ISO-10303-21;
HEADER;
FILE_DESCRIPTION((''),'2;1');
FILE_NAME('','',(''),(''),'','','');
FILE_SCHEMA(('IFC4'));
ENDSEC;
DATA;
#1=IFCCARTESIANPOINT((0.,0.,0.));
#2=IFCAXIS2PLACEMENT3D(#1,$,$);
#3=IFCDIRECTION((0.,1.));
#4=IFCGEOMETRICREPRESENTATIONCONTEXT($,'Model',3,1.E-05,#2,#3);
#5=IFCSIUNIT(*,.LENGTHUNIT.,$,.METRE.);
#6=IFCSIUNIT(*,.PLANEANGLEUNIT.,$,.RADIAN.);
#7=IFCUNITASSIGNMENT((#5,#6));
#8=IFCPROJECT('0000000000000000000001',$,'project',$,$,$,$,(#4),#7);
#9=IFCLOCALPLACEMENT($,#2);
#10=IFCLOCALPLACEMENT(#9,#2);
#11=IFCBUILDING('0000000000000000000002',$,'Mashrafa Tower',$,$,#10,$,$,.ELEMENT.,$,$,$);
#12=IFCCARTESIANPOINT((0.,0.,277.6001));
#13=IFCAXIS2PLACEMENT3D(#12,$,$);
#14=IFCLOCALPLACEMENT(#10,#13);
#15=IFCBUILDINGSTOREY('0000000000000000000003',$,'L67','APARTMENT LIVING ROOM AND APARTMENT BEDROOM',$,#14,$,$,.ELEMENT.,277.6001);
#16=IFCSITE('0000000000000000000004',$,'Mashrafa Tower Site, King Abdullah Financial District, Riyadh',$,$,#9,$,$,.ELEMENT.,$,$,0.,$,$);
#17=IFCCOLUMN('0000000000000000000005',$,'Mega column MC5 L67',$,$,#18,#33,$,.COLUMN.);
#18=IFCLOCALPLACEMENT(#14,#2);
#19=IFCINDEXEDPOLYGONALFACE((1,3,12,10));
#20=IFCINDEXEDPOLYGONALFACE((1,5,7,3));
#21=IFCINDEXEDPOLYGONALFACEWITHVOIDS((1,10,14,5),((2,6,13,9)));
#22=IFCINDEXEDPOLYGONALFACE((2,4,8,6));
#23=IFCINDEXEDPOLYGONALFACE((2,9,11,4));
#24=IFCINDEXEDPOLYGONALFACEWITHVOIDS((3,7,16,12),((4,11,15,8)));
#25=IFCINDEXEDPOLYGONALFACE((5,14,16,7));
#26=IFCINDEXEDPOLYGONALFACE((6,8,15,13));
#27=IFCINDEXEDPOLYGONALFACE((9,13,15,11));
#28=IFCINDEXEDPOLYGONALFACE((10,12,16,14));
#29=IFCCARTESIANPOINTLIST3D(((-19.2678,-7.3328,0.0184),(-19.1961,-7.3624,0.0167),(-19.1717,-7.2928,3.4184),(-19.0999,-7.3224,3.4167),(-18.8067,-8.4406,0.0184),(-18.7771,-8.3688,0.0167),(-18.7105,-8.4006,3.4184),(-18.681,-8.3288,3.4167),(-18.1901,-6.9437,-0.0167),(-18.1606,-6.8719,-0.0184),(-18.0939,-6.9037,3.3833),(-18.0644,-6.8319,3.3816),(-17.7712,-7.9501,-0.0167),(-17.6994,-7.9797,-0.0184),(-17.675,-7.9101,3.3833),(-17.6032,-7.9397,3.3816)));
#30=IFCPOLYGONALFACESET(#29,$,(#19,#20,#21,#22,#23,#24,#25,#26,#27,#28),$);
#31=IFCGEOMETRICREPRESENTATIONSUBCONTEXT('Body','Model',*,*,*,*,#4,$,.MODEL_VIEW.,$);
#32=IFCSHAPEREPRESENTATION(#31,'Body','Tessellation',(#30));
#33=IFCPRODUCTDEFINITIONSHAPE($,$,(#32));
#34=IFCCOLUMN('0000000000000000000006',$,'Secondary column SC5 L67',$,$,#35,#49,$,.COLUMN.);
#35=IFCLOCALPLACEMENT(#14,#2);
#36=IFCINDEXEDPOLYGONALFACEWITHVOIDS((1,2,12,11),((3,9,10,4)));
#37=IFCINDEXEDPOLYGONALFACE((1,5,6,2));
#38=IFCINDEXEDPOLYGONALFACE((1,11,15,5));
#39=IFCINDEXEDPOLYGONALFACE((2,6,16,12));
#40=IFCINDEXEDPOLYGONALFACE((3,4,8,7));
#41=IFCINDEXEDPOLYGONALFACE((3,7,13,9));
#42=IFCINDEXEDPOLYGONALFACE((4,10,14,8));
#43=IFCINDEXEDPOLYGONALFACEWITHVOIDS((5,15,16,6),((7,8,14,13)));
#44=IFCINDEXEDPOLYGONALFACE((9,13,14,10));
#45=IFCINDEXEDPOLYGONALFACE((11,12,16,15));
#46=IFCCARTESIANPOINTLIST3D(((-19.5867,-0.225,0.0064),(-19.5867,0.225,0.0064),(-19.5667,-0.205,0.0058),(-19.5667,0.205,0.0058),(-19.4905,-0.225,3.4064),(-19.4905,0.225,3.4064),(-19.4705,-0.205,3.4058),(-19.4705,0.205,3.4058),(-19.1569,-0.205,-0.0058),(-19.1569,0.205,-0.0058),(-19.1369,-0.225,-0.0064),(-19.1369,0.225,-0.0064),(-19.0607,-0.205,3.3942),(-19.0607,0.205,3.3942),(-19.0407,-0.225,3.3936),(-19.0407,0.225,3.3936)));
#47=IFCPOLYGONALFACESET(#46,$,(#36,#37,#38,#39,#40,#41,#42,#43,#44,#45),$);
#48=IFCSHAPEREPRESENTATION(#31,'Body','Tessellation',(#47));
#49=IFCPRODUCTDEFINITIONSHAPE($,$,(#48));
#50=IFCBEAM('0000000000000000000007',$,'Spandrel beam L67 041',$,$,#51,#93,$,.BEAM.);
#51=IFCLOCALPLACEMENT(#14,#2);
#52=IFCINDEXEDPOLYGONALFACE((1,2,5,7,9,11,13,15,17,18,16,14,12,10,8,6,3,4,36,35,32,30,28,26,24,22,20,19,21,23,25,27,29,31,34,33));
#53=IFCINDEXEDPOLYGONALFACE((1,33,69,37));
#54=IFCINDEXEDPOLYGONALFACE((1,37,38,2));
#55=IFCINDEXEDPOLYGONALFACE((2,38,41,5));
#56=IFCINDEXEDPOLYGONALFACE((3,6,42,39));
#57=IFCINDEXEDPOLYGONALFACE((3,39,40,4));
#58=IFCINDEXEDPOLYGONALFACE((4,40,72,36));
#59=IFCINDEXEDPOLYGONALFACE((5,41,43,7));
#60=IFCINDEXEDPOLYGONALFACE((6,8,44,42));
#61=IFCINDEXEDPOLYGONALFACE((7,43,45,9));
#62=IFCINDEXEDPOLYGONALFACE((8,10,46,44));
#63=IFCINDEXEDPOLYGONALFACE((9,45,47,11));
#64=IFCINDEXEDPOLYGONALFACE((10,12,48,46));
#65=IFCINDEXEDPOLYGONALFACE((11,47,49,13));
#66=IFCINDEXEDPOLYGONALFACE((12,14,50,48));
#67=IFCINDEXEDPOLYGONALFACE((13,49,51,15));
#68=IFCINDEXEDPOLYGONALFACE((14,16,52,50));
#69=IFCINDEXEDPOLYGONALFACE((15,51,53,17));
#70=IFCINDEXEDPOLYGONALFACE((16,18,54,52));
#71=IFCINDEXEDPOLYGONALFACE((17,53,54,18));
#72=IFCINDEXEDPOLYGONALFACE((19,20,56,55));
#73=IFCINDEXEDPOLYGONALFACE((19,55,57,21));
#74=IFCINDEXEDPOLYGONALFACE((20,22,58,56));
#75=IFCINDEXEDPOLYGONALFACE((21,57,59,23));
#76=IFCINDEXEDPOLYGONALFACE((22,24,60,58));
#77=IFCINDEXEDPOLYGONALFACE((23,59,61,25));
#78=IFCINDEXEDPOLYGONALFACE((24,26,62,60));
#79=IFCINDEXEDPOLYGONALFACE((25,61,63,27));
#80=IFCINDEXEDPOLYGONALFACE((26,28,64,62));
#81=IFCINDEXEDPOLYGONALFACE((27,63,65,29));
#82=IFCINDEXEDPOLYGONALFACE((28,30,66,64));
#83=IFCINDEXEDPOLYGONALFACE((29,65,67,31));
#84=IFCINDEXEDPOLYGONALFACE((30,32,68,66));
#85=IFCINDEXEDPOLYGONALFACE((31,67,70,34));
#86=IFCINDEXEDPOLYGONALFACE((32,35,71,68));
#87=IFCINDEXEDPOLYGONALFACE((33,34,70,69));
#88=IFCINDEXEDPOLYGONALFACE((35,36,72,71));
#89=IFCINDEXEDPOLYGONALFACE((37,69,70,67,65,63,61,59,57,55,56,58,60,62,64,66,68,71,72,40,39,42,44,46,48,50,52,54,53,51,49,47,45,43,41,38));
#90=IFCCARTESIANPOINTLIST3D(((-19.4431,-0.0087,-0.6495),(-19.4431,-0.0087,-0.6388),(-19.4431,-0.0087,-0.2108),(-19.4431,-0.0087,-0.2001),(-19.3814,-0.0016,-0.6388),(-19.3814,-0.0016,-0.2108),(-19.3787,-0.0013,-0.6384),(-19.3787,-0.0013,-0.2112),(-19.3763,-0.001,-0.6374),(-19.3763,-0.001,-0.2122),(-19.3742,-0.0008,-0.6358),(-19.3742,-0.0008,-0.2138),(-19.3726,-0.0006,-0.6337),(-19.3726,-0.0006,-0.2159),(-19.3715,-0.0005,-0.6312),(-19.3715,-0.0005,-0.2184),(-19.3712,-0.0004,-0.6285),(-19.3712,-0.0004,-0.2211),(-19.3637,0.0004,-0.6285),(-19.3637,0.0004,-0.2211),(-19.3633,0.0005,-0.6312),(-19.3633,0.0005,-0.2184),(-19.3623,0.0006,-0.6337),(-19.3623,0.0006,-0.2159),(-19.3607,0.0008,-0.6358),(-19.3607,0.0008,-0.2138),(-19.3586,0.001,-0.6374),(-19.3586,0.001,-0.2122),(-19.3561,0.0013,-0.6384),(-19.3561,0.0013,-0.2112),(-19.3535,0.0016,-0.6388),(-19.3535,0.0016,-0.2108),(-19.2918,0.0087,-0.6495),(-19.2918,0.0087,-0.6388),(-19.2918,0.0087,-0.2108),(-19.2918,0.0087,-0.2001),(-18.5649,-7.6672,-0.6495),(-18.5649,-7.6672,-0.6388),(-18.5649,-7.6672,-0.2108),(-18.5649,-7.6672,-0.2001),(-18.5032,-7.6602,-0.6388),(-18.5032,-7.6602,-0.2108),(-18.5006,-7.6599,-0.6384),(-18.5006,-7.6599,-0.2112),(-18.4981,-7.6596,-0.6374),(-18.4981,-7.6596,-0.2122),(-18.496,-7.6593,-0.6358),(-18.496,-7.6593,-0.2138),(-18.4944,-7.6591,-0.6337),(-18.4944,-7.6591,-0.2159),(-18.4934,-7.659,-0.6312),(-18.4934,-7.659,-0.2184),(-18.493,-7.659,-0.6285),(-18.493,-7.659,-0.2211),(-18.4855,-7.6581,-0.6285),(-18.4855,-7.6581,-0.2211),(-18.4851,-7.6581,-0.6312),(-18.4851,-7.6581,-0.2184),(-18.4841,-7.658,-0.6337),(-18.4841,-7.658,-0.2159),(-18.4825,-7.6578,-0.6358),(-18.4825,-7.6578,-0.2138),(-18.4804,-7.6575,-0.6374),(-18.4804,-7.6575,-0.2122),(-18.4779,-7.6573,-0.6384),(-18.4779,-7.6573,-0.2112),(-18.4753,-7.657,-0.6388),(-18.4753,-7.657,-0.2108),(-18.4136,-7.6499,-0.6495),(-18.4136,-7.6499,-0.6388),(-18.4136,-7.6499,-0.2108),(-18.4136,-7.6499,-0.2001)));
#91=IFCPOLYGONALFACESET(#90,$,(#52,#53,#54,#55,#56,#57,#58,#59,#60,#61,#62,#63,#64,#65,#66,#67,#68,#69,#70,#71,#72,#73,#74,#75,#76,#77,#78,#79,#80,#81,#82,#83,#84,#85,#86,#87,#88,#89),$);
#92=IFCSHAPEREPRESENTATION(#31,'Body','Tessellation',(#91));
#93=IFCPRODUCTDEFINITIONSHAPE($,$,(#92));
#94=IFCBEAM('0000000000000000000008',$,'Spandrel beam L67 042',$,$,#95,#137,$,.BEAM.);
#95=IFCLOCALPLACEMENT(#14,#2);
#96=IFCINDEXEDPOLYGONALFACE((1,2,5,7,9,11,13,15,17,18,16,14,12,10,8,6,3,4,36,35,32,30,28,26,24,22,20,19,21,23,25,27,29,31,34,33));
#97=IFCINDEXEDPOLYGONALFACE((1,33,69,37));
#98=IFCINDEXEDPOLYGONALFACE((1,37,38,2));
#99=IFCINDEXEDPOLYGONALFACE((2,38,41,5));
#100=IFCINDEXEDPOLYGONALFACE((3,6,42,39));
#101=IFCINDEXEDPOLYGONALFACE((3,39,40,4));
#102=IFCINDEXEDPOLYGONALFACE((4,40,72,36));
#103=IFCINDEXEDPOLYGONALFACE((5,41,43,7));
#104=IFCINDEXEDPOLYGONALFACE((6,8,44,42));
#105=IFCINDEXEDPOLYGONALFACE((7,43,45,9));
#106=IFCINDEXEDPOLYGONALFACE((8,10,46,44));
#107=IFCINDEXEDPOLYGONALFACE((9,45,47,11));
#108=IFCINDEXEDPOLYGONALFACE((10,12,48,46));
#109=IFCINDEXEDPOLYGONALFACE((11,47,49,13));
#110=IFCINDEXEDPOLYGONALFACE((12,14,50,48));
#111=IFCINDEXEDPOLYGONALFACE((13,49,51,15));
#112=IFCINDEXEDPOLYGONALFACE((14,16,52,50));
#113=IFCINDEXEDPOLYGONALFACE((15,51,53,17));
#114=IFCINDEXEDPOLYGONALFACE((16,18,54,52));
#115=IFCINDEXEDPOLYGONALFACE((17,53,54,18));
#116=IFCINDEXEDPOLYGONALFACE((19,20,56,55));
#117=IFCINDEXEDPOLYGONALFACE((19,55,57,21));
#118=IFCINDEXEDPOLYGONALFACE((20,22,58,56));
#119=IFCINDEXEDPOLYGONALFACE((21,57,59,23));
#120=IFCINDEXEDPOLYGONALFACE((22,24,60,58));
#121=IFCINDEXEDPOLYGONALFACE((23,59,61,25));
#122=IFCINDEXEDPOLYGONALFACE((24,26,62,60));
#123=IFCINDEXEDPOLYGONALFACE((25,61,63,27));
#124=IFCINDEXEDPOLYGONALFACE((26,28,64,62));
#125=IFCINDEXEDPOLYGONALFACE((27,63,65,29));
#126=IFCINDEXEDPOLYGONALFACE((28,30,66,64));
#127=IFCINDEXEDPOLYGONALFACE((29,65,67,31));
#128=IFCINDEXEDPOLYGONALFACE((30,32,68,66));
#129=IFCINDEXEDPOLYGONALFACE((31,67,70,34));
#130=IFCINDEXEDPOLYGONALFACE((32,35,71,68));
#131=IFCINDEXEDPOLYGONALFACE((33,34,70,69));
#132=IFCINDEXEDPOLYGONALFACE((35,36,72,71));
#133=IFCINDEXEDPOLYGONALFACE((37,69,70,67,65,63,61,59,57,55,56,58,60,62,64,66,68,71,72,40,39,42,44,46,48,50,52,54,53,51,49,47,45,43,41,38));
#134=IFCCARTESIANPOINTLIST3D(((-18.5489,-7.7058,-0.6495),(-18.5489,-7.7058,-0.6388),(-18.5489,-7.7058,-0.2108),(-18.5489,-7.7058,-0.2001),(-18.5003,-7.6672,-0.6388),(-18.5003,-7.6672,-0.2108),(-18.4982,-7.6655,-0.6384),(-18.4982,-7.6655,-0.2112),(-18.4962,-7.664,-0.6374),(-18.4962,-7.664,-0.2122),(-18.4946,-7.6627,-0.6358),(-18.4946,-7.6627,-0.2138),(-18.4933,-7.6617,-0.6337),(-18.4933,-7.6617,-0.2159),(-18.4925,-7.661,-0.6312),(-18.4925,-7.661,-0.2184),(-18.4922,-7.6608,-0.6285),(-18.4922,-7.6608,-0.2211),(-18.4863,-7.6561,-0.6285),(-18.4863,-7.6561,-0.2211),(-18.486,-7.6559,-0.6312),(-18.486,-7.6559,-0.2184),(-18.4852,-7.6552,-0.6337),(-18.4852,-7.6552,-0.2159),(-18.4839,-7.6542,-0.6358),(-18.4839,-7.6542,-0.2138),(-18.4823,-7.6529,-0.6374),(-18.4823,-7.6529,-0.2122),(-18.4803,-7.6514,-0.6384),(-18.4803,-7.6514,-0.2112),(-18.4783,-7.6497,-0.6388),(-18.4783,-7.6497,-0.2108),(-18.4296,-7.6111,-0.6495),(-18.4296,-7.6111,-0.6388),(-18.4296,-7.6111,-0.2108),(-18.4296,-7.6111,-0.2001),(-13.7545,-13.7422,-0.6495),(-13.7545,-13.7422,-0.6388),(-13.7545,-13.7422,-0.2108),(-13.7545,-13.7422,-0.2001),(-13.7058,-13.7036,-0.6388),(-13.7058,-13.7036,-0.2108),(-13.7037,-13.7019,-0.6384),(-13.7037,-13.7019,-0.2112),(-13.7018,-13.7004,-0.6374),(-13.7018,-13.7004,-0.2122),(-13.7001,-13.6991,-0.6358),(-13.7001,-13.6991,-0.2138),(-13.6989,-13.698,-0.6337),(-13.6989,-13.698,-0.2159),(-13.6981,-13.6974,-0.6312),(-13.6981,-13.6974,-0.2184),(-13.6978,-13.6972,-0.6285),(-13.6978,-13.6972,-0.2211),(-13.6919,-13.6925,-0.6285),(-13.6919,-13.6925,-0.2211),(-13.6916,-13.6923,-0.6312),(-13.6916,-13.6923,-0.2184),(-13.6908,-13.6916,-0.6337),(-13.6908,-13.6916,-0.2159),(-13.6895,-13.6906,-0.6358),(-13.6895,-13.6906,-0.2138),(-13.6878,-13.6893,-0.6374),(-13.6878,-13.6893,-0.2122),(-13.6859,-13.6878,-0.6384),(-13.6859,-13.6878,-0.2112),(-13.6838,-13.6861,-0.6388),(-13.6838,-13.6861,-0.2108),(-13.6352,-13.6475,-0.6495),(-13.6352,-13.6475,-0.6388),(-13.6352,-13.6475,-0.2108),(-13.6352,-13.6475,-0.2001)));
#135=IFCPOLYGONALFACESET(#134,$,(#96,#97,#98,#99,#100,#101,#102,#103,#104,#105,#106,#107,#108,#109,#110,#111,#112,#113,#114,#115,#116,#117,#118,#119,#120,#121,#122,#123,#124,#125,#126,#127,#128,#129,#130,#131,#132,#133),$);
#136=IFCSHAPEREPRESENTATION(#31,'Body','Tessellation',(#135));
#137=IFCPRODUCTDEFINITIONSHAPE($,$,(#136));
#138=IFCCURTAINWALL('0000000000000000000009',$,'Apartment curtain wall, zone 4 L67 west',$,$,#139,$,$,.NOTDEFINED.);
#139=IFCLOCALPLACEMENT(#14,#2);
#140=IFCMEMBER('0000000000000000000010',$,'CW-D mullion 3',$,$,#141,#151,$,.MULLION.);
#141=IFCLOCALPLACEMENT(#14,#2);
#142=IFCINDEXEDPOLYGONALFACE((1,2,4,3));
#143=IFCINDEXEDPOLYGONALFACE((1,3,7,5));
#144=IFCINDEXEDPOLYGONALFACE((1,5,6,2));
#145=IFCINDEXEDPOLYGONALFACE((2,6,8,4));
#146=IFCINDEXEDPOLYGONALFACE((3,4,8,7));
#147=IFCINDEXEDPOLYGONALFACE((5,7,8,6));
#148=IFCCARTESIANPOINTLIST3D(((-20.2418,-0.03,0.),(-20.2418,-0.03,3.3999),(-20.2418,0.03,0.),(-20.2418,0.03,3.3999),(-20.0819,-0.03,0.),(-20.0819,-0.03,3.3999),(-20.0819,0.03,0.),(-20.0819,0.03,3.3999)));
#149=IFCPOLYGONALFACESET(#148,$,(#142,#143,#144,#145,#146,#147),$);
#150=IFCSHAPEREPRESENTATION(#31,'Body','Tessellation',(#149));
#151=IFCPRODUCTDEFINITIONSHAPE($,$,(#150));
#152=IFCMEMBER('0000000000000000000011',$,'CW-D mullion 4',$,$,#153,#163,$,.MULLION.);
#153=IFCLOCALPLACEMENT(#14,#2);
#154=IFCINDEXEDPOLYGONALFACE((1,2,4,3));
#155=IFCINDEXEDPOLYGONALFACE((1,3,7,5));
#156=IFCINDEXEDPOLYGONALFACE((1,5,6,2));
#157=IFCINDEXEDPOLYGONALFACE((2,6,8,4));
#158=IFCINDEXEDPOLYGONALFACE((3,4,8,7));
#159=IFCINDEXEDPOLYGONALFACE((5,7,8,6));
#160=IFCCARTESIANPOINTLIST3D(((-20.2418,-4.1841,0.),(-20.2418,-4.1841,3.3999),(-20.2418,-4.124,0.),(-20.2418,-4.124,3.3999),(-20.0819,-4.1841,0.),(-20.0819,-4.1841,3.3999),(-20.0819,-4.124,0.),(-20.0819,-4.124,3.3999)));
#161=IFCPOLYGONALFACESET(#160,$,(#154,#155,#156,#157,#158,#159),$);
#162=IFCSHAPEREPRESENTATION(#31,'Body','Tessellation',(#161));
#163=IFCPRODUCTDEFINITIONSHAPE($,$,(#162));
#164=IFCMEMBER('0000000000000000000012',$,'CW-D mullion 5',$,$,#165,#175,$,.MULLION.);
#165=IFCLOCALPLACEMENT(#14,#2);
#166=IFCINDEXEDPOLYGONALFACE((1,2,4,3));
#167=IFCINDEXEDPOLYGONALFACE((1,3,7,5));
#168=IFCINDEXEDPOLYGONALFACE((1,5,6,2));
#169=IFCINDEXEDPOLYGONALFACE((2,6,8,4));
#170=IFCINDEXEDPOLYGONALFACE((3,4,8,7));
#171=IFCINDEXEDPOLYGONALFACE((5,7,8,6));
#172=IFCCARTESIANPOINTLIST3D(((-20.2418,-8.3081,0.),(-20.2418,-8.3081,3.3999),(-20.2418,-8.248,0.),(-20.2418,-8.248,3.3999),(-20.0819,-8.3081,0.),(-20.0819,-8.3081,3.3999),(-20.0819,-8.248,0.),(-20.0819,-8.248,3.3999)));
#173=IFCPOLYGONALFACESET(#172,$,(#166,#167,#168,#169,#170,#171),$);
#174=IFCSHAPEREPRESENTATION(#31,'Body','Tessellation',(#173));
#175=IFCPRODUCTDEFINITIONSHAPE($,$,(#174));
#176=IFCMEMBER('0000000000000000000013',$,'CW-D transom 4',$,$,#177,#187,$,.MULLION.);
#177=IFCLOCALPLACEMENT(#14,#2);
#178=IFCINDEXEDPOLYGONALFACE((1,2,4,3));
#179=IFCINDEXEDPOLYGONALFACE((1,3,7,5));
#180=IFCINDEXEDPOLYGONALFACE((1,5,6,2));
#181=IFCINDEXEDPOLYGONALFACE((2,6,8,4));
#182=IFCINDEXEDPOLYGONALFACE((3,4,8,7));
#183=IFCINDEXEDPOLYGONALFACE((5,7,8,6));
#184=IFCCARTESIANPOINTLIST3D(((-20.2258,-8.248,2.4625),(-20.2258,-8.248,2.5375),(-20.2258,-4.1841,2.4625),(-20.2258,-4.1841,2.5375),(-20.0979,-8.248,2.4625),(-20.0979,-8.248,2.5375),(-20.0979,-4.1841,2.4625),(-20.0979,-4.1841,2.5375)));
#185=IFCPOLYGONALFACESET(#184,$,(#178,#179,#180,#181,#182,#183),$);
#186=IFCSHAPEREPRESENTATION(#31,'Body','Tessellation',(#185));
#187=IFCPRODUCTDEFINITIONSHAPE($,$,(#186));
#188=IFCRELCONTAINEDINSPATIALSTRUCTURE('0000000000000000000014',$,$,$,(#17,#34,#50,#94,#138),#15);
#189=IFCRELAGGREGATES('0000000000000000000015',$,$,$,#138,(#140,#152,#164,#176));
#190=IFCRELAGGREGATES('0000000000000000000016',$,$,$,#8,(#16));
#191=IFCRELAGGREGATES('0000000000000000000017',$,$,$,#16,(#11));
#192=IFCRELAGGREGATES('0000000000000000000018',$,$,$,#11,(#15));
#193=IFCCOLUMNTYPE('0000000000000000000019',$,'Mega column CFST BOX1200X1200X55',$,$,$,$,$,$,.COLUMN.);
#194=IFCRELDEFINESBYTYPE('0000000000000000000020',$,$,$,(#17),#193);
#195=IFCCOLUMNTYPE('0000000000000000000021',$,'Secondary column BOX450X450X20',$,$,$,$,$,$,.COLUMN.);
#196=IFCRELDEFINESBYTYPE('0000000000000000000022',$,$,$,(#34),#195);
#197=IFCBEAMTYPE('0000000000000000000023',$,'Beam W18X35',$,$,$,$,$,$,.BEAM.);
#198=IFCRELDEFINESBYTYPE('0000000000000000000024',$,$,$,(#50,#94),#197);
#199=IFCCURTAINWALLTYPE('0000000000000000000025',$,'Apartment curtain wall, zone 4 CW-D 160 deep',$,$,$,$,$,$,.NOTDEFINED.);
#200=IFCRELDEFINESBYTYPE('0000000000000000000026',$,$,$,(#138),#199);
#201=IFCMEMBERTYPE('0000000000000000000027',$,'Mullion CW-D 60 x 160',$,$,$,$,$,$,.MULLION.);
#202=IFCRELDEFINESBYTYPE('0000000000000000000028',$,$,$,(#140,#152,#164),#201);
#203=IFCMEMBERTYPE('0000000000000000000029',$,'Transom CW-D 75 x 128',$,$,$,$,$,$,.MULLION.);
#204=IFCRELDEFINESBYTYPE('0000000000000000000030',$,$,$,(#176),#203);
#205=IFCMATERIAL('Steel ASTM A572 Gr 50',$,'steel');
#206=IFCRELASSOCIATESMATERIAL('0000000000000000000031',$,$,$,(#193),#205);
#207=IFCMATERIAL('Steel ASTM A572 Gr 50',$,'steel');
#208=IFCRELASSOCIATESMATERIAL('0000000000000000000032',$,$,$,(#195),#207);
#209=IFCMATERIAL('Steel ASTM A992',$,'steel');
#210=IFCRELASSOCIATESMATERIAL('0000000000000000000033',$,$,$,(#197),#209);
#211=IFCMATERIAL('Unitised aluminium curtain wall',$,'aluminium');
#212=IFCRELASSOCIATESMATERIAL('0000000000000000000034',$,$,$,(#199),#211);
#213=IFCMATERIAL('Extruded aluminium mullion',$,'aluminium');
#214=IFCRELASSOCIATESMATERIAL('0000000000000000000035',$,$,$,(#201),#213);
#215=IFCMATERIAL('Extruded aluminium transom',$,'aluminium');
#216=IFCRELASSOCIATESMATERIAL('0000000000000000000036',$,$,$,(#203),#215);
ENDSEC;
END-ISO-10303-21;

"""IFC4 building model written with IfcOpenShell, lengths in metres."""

from ifc_helpers import new_model, si_unit, direction, frame, origin, origin_2d, place, context, subcontext, project, spatial, rectangle, hollow_rectangle, i_section, extrude, source, transform, mapped, material, material_profile, profile_set, type_object, type_shapes, element, aggregate, save


model = new_model("IFC4")

# Units and contexts
model_context = context("Model", 3, precision=1e-05, world=origin(), true_north=direction((0.0, 1.0)))
body_context = subcontext(model_context, "Body", "Model", "MODEL_VIEW")
ifc_project = project(units=[si_unit("LENGTHUNIT", "METRE"), si_unit("PLANEANGLEUNIT", "RADIAN")], contexts=[model_context])

# Site, building, storey
site_placement = place(None, origin())
site = spatial("IfcSite", under=ifc_project, at=site_placement, Name="Mashrafa Tower Site, King Abdullah Financial District, Riyadh", CompositionType="ELEMENT", RefElevation=0.0)
building_placement = place(site_placement, origin())
building = spatial("IfcBuilding", under=site, at=building_placement, Name="Mashrafa Tower", CompositionType="ELEMENT")
storey_placement = place(building_placement, frame((0.0, 0.0, 277.6001)))
storey = spatial("IfcBuildingStorey", under=building, at=storey_placement, Name="L67", Description="APARTMENT LIVING ROOM AND APARTMENT BEDROOM", CompositionType="ELEMENT", Elevation=277.6001)

# Columns
ifc_material_1 = material(Name="Steel ASTM A572 Gr 50", Category="steel")
ifc_material_profile_1 = material_profile(ifc_material_1, hollow_rectangle(XDim=1.2, YDim=1.2, WallThickness=0.0549, at=origin_2d()), Name="BOX1200X1200X55")
ifc_profile_set_1 = profile_set([ifc_material_profile_1], Name="Steel ASTM A572 Gr 50")
column_type_1 = type_object("IfcColumnType", Name="Mega column CFST BOX1200X1200X55", PredefinedType="COLUMN", material=ifc_profile_set_1)
column_1_placement = place(storey_placement, frame((-18.4836, -7.6562, 0.0), z_axis=(0.028279, 0.011771, 0.999531), x_axis=(-0.384283, 0.923216, 0.0)))
element("IfcColumn", 1, at=column_1_placement, inside=storey, type_object=column_type_1, Name="Mega column MC5 L67", PredefinedType="COLUMN", context=body_context, shape_type="SweptSolid", body=[
    extrude(hollow_rectangle(XDim=1.2, YDim=1.2, WallThickness=0.0549, at=origin_2d()), origin(), (0.0, 0.0, 1.0), 3.4016),
])
ifc_material_2 = material(Name="Steel ASTM A572 Gr 50", Category="steel")
ifc_material_profile_2 = material_profile(ifc_material_2, hollow_rectangle(XDim=0.45, YDim=0.45, WallThickness=0.02, at=origin_2d()), Name="BOX450X450X20")
ifc_profile_set_2 = profile_set([ifc_material_profile_2], Name="Steel ASTM A572 Gr 50")
column_type_2 = type_object("IfcColumnType", Name="Secondary column BOX450X450X20", PredefinedType="COLUMN", material=ifc_profile_set_2)
column_2_placement = place(storey_placement, frame((-19.3618, 0.0, 0.0), z_axis=(0.028281, 0.0, 0.9996), x_axis=(0.0, 1.0, 0.0)))
element("IfcColumn", 2, at=column_2_placement, inside=storey, type_object=column_type_2, Name="Secondary column SC5 L67", PredefinedType="COLUMN", context=body_context, shape_type="SweptSolid", body=[
    extrude(hollow_rectangle(XDim=0.45, YDim=0.45, WallThickness=0.02, at=origin_2d()), origin(), (0.0, 0.0, 1.0), 3.4014),
])

# Beams
ifc_material_3 = material(Name="Steel ASTM A992", Category="steel")
ifc_material_profile_3 = material_profile(ifc_material_3, i_section(OverallWidth=0.1523, OverallDepth=0.4495, WebThickness=0.0076, FlangeThickness=0.0107, FilletRadius=0.0103, at=origin_2d()), Name="W18X35")
ifc_profile_set_3 = profile_set([ifc_material_profile_3], Name="Steel ASTM A992")
beam_type = type_object("IfcBeamType", Name="Beam W18X35", PredefinedType="BEAM", material=ifc_profile_set_3)
for number, where, z_axis, x_axis, name in (
    (3, (-19.3674, 0.0, -0.4248), (0.113921, -0.99349, 0.0), (0.99349, 0.113921, 0.0), "Spandrel beam L67 041"),
    (4, (-18.4893, -7.6584, -0.4248), (0.621949, -0.783058, 0.0), (0.783058, 0.621949, 0.0), "Spandrel beam L67 042"),
):
    element("IfcBeam", number, at=place(storey_placement, frame(where, z_axis=z_axis, x_axis=x_axis)), inside=storey, type_object=beam_type, Name=name, PredefinedType="BEAM", context=body_context, shape_type="SweptSolid", body=[
        extrude(i_section(OverallWidth=0.1523, OverallDepth=0.4495, WebThickness=0.0076, FlangeThickness=0.0107, FilletRadius=0.0103, at=origin_2d()), origin(), (0.0, 0.0, 1.0), 7.7087),
    ])

# Curtain wall, members
ifc_material_4 = material(Name="Unitised aluminium curtain wall", Category="aluminium")
curtain_wall_type = type_object("IfcCurtainWallType", Name="Apartment curtain wall, zone 4 CW-D 160 deep", PredefinedType="NOTDEFINED", material=ifc_material_4)
curtain_wall_placement = place(storey_placement, origin())
curtain_wall = element("IfcCurtainWall", 5, at=curtain_wall_placement, inside=storey, type_object=curtain_wall_type, Name="Apartment curtain wall, zone 4 L67 west", PredefinedType="NOTDEFINED")
ifc_material_5 = material(Name="Extruded aluminium mullion", Category="aluminium")
ifc_material_profile_4 = material_profile(ifc_material_5, rectangle(XDim=0.1599, YDim=0.0601, at=origin_2d()), Name="Mullion 60x160")
ifc_profile_set_4 = profile_set([ifc_material_profile_4], Name="Extruded aluminium mullion")
member_type_1 = type_object("IfcMemberType", Name="Mullion CW-D 60 x 160", PredefinedType="MULLION", material=ifc_profile_set_4)
shared_shape_1 = source(origin(), body_context, "Body", "SweptSolid", [
    extrude(rectangle(XDim=0.1599, YDim=0.0601, at=origin_2d()), origin(), (0.0, 0.0, 1.0), 3.3999),
])
type_shapes(member_type_1, [shared_shape_1])
member_1_placement = place(storey_placement, frame((-20.1619, 0.0, 0.0), z_axis=(0.0, 0.0, 1.0), x_axis=(1.0, 0.0, 0.0)))
member_1 = element("IfcMember", 6, at=member_1_placement, type_object=member_type_1, Name="CW-D mullion 3", PredefinedType="MULLION", context=body_context, shape_type="MappedRepresentation", body=[
    mapped(shared_shape_1, transform((0.0, 0.0, 0.0))),
])
member_2_placement = place(storey_placement, frame((-20.1619, -4.1541, 0.0), z_axis=(0.0, 0.0, 1.0), x_axis=(1.0, 0.0, 0.0)))
member_2 = element("IfcMember", 7, at=member_2_placement, type_object=member_type_1, Name="CW-D mullion 4", PredefinedType="MULLION", context=body_context, shape_type="MappedRepresentation", body=[
    mapped(shared_shape_1, transform((0.0, 0.0, 0.0))),
])
member_3_placement = place(storey_placement, frame((-20.1619, -8.2781, 0.0), z_axis=(0.0, 0.0, 1.0), x_axis=(1.0, 0.0, 0.0)))
member_3 = element("IfcMember", 8, at=member_3_placement, type_object=member_type_1, Name="CW-D mullion 5", PredefinedType="MULLION", context=body_context, shape_type="MappedRepresentation", body=[
    mapped(shared_shape_1, transform((0.0, 0.0, 0.0))),
])
ifc_material_6 = material(Name="Extruded aluminium transom", Category="aluminium")
ifc_material_profile_5 = material_profile(ifc_material_6, rectangle(XDim=0.1279, YDim=0.075, at=origin_2d()), Name="Transom 75x128")
ifc_profile_set_5 = profile_set([ifc_material_profile_5], Name="Extruded aluminium transom")
member_type_2 = type_object("IfcMemberType", Name="Transom CW-D 75 x 128", PredefinedType="MULLION", material=ifc_profile_set_5)
shared_shape_2 = source(origin(), body_context, "Body", "SweptSolid", [
    extrude(rectangle(XDim=0.1279, YDim=0.075, at=origin_2d()), origin(), (0.0, 0.0, 1.0), 4.064),
])
member_4_placement = place(storey_placement, frame((-20.1619, -4.1841, 2.5), z_axis=(0.0, -1.0, 0.0), x_axis=(1.0, 0.0, 0.0)))
member_4 = element("IfcMember", 9, at=member_4_placement, type_object=member_type_2, Name="CW-D transom 4", PredefinedType="MULLION", context=body_context, shape_type="MappedRepresentation", body=[
    mapped(shared_shape_2, transform((0.0, 0.0, 0.0))),
])
aggregate(curtain_wall, [member_1, member_2, member_3, member_4])

save(model, "model.ifc")
